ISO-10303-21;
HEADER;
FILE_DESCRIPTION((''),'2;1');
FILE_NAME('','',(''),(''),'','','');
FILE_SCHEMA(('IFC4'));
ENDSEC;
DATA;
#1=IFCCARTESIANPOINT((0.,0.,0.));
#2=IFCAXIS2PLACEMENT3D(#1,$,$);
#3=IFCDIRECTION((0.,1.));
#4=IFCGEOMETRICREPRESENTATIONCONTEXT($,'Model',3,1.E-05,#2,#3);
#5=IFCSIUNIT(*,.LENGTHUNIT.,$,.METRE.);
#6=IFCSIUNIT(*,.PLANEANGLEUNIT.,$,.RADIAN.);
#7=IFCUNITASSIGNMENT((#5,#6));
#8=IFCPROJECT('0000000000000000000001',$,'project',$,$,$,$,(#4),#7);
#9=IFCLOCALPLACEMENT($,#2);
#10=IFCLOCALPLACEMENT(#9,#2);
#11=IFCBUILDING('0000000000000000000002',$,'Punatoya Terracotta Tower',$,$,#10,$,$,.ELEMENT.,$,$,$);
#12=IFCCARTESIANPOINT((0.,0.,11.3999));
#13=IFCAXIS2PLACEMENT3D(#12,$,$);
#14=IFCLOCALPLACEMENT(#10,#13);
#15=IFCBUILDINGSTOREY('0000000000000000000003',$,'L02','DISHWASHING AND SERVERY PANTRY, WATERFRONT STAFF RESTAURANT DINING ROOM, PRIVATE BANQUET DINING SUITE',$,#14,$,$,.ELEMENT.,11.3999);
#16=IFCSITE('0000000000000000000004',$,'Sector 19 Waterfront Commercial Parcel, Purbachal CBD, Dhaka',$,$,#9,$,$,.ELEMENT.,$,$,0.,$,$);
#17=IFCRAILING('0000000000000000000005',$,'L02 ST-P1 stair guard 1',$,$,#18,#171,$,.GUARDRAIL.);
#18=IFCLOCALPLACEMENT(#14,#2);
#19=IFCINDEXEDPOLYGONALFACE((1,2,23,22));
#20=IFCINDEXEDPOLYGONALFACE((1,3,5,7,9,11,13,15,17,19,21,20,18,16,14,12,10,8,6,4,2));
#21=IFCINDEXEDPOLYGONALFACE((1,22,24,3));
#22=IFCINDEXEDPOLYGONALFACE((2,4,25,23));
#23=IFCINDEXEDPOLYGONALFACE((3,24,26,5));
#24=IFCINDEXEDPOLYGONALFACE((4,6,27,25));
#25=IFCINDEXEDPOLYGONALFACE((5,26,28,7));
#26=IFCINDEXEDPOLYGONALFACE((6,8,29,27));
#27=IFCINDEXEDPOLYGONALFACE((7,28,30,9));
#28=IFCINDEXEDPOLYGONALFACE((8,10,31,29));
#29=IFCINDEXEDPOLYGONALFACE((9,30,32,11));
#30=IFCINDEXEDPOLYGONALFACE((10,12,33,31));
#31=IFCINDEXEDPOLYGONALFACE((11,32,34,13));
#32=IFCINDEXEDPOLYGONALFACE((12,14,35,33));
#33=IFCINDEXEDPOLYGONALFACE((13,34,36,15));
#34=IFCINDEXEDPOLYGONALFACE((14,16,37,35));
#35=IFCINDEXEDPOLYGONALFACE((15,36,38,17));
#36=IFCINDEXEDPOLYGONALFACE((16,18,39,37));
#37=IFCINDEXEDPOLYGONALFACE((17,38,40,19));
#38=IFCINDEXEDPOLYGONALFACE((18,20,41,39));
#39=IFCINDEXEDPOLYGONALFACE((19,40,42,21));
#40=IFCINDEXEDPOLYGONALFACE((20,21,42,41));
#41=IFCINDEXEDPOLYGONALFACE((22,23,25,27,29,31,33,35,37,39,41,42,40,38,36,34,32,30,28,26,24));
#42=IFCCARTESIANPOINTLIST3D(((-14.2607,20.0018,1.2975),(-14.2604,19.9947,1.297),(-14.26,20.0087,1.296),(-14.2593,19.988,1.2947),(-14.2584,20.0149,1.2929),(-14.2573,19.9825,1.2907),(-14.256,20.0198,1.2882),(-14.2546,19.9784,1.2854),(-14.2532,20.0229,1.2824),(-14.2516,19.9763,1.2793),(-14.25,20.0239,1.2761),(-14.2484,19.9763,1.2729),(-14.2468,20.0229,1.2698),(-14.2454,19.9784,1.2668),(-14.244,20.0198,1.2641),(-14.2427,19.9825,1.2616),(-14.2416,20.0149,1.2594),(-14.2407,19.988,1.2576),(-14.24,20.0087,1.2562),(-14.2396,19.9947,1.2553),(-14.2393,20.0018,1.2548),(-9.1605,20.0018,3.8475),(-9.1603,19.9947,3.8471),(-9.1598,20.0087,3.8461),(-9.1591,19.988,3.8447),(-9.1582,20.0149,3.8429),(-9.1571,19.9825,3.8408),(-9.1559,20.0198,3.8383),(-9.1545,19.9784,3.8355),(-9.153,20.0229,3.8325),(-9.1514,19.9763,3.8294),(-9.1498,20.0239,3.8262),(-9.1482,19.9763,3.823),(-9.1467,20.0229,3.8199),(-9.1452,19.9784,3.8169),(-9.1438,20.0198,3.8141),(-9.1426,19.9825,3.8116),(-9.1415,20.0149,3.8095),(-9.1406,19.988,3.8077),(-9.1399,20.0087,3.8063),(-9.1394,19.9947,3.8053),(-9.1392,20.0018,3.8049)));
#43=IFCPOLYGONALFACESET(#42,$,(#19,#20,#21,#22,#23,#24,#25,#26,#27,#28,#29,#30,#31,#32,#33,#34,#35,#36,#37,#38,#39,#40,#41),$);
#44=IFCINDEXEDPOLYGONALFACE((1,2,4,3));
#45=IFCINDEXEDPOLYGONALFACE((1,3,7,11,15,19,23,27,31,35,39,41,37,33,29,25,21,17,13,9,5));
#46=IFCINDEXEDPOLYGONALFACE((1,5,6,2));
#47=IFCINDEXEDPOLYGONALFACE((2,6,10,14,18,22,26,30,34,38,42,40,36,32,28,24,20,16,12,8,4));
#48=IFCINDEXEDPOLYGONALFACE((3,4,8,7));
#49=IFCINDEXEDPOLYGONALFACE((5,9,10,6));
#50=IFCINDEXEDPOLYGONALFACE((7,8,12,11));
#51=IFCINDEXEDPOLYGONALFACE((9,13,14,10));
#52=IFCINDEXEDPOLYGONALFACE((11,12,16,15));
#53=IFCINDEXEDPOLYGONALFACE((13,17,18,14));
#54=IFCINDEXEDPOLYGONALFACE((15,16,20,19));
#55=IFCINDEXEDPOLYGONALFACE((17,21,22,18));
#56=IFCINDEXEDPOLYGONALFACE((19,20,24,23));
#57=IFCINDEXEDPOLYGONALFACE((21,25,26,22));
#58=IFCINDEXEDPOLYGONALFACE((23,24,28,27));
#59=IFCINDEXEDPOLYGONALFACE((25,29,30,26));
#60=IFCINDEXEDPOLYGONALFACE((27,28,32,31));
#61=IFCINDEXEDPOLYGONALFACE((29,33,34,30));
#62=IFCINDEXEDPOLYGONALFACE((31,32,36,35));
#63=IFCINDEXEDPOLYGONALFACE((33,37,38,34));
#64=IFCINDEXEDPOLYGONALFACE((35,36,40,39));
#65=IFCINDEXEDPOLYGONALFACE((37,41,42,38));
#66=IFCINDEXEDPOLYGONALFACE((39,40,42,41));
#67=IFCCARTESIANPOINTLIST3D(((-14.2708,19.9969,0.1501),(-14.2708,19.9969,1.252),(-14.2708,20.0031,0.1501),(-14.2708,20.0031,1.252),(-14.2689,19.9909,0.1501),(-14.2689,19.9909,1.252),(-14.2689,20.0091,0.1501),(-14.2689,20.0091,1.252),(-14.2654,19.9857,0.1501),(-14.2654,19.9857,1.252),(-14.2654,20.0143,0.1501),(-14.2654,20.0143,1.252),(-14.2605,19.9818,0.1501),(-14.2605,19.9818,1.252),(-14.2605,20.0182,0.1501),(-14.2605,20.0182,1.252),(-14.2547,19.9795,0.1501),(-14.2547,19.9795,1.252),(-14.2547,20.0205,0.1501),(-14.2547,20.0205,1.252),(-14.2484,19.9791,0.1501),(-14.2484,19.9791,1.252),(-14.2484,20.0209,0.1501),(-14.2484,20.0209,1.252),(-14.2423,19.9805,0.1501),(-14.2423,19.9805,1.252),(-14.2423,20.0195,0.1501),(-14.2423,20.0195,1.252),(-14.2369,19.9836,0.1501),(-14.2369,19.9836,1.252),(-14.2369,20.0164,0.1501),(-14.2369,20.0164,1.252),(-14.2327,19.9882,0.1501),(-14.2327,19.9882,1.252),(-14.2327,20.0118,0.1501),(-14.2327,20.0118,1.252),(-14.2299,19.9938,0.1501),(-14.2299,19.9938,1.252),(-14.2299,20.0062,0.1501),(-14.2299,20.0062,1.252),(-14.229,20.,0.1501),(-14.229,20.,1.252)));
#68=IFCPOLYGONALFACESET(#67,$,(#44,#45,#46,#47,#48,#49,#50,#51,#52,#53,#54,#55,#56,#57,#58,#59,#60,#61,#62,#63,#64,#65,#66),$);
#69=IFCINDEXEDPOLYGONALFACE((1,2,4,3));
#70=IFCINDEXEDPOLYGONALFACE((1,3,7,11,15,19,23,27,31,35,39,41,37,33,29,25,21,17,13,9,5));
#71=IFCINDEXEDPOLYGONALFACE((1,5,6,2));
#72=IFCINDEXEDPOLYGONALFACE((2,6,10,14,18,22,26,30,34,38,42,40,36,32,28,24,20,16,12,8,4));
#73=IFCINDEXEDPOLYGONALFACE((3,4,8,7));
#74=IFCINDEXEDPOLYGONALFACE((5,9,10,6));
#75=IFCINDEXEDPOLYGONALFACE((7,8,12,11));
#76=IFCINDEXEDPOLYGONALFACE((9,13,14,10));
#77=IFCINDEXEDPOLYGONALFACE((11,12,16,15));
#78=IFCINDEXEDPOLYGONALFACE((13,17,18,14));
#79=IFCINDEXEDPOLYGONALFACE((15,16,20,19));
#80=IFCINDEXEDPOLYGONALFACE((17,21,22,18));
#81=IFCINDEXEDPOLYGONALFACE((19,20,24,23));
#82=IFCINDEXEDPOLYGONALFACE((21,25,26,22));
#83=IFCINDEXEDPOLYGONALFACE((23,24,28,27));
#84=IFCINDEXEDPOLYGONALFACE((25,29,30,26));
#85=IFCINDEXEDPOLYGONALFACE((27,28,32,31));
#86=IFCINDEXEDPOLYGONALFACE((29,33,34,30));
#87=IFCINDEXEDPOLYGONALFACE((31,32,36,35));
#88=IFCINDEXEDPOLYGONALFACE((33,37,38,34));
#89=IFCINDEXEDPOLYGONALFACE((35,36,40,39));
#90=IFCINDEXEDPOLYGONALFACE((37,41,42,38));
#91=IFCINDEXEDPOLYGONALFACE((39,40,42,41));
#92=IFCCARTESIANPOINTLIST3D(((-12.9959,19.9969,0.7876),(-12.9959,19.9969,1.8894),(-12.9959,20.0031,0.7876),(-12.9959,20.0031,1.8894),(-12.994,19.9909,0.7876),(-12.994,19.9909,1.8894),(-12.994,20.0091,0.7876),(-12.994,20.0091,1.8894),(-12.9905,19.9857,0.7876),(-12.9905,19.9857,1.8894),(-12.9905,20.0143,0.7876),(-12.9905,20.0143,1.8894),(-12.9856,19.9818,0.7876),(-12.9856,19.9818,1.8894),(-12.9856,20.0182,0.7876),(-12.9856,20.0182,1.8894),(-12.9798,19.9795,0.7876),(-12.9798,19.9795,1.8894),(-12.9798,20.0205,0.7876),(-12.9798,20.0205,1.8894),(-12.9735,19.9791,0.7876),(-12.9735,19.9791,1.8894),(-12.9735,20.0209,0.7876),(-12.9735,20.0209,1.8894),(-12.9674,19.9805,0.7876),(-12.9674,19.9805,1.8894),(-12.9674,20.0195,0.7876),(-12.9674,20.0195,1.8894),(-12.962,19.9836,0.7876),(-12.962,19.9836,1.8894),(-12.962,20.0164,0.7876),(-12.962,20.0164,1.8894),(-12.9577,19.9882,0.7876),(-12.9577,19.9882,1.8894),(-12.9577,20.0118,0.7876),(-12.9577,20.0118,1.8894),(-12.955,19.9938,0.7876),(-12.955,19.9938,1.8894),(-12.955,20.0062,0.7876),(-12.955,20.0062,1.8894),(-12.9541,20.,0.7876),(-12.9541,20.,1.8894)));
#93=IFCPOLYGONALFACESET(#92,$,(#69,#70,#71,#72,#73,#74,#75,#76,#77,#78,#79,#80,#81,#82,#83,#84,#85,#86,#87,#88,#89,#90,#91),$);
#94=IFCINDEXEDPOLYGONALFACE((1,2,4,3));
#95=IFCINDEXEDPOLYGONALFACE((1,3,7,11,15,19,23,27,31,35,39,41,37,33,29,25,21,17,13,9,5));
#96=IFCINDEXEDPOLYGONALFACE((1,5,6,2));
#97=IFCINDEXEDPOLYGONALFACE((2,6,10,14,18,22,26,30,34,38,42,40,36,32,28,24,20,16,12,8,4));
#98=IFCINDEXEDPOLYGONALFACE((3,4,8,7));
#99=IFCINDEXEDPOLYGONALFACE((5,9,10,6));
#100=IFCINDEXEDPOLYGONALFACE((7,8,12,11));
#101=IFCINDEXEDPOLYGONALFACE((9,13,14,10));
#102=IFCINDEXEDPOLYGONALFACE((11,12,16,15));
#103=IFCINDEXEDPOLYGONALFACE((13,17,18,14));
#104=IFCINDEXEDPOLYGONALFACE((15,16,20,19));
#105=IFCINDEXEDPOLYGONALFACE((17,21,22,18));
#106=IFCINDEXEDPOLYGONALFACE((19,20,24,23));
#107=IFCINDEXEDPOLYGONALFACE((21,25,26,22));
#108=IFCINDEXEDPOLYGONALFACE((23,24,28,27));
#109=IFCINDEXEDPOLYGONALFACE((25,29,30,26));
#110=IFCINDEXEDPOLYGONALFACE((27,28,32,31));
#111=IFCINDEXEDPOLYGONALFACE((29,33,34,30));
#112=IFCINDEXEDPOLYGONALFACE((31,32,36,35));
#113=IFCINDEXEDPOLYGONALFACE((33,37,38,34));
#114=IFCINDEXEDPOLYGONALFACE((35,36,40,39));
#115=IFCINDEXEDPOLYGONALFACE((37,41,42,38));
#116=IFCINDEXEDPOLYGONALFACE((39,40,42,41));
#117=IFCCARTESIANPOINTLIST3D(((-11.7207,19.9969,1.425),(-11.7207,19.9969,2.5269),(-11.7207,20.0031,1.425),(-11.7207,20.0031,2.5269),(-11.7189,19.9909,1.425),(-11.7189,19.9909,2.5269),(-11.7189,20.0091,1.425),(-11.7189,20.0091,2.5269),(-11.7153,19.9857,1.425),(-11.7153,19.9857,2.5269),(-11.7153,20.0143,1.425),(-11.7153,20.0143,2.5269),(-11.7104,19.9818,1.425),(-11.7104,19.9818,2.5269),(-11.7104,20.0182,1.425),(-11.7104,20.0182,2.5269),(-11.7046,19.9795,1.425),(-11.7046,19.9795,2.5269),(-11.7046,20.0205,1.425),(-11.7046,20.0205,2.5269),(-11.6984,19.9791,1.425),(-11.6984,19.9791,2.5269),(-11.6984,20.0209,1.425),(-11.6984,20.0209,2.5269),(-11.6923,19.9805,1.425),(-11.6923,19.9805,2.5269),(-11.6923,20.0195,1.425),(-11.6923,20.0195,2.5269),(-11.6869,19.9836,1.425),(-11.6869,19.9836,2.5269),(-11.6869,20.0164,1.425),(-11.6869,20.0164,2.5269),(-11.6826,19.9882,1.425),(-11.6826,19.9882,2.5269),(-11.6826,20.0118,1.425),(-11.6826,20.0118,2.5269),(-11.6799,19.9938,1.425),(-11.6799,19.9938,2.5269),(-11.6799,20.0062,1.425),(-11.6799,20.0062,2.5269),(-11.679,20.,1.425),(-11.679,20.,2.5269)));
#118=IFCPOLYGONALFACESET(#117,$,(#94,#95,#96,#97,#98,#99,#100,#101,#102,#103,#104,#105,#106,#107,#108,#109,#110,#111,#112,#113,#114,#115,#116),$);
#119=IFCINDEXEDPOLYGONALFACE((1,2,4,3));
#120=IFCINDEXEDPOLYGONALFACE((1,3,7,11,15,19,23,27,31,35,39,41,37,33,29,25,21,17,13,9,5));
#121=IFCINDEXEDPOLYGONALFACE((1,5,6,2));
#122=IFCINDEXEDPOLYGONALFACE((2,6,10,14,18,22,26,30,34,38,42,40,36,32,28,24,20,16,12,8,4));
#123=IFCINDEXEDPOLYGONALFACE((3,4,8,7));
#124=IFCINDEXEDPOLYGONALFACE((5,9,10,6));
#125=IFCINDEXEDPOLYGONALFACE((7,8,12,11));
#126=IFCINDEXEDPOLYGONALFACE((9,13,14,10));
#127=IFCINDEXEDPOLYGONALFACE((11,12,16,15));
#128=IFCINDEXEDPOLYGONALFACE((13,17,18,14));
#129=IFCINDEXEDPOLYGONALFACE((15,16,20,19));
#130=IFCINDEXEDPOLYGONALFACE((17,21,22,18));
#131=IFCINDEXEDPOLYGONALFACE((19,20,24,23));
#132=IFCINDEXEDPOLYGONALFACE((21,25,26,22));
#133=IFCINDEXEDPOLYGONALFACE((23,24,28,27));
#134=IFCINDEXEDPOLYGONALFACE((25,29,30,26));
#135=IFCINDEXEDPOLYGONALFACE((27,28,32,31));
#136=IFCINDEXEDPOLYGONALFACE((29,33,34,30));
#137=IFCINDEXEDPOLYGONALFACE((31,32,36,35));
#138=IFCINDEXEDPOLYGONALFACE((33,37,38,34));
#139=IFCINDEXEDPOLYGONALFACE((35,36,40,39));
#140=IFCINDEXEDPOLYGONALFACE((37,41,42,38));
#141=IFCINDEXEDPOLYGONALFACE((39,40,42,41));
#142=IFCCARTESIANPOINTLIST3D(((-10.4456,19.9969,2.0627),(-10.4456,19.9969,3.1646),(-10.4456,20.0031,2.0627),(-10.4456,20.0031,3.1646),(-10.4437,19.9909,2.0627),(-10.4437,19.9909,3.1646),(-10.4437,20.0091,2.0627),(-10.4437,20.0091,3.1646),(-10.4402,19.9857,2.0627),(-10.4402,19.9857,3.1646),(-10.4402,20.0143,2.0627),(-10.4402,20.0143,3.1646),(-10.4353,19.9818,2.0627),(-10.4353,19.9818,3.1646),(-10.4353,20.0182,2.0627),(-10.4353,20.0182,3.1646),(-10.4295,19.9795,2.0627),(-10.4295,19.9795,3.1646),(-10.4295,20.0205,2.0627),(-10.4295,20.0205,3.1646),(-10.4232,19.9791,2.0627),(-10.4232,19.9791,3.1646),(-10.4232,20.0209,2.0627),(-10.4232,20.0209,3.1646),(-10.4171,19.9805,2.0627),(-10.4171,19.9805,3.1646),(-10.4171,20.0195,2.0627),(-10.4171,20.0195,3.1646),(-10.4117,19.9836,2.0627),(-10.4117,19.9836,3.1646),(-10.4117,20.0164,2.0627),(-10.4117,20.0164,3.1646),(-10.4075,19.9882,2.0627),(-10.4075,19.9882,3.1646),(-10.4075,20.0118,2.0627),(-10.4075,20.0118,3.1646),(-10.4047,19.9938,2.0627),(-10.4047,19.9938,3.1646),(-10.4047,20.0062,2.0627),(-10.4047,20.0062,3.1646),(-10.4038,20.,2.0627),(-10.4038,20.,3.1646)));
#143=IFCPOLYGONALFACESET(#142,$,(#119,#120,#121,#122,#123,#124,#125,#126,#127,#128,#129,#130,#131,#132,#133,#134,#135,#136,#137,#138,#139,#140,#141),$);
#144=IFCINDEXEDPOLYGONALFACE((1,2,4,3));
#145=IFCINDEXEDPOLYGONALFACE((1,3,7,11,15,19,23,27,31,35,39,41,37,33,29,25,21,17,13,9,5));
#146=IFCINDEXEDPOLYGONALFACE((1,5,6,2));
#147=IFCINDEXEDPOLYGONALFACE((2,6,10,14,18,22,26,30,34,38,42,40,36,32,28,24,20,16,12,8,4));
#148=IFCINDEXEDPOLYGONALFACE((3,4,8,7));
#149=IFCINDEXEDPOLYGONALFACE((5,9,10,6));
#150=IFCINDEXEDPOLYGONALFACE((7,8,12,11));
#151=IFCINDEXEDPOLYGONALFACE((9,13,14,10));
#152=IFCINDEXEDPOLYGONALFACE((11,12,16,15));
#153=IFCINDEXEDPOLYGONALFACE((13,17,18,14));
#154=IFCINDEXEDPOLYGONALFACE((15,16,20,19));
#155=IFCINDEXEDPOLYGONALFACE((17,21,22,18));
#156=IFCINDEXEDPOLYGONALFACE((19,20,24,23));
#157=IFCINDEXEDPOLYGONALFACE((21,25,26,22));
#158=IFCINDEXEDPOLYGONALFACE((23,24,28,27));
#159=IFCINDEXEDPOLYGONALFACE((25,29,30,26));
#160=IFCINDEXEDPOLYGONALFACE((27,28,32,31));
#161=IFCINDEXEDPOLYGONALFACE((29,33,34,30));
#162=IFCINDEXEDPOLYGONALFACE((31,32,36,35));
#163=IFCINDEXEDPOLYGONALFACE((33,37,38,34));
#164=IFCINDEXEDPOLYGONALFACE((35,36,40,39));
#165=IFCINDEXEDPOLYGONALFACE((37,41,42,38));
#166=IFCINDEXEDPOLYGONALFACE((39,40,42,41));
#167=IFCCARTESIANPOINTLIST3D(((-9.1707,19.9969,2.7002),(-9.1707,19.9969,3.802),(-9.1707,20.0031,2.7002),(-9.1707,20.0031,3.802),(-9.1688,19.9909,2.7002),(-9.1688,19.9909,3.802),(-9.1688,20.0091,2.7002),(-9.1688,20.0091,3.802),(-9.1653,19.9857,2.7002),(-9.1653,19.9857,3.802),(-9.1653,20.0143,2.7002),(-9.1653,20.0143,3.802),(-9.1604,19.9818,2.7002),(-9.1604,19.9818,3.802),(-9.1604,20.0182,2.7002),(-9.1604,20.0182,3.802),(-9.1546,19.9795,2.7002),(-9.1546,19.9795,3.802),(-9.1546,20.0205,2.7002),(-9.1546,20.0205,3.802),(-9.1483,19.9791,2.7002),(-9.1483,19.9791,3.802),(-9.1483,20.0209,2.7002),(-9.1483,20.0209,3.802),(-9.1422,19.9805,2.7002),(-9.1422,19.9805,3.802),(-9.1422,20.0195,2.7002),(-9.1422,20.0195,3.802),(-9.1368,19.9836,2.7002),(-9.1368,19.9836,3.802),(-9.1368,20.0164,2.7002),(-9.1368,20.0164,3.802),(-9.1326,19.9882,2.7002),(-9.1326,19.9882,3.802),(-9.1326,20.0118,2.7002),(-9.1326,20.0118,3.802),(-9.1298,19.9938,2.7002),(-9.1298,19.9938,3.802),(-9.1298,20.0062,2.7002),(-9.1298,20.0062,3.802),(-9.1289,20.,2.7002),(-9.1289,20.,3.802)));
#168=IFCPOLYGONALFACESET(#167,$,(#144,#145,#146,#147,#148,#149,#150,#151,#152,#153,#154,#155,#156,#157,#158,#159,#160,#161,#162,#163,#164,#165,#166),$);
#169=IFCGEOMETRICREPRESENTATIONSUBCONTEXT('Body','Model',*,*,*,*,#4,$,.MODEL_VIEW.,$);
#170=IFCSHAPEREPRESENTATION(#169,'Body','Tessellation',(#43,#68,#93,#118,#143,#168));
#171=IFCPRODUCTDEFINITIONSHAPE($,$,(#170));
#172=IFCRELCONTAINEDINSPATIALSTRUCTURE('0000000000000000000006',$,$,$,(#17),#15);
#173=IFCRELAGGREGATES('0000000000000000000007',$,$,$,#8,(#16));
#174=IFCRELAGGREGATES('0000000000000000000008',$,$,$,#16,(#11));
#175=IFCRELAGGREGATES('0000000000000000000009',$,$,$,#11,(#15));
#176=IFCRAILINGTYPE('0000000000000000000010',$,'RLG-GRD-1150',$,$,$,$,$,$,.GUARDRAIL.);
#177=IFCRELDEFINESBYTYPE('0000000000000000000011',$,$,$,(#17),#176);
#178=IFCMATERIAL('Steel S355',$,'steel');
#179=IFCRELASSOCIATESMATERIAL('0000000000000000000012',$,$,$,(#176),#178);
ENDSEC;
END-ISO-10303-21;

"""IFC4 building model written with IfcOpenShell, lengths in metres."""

from ifc_helpers import new_model, si_unit, direction, frame, origin, origin_2d, place, context, subcontext, project, spatial, circle, extrude, material, type_object, element, save


model = new_model("IFC4")

# Units and contexts
model_context = context("Model", 3, precision=1e-05, world=origin(), true_north=direction((0.0, 1.0)))
body_context = subcontext(model_context, "Body", "Model", "MODEL_VIEW")
ifc_project = project(units=[si_unit("LENGTHUNIT", "METRE"), si_unit("PLANEANGLEUNIT", "RADIAN")], contexts=[model_context])

# Site, building, storey
site_placement = place(None, origin())
site = spatial("IfcSite", under=ifc_project, at=site_placement, Name="Sector 19 Waterfront Commercial Parcel, Purbachal CBD, Dhaka", CompositionType="ELEMENT", RefElevation=0.0)
building_placement = place(site_placement, origin())
building = spatial("IfcBuilding", under=site, at=building_placement, Name="Punatoya Terracotta Tower", CompositionType="ELEMENT")
storey_placement = place(building_placement, frame((0.0, 0.0, 11.3999)))
storey = spatial("IfcBuildingStorey", under=building, at=storey_placement, Name="L02", Description="DISHWASHING AND SERVERY PANTRY, WATERFRONT STAFF RESTAURANT DINING ROOM, PRIVATE BANQUET DINING SUITE", CompositionType="ELEMENT", Elevation=11.3999)

# Shared definitions
ifc_material_1 = material(Name="Steel S355", Category="steel")

# Railing
railing_type_1 = type_object("IfcRailingType", Name="RLG-GRD-1150", PredefinedType="GUARDRAIL", material=ifc_material_1)
railing_1_placement = place(storey_placement, frame((-14.25, 20.0, 0.1501)))
element("IfcRailing", 1, at=railing_1_placement, inside=storey, type_object=railing_type_1, Name="L02 ST-P1 stair guard 1", PredefinedType="GUARDRAIL", context=body_context, shape_type="SweptSolid", body=[
    extrude(circle(Radius=0.0239, at=origin_2d()), frame((0.0, 0.0, 1.126), z_axis=(0.894427, 0.0, 0.447214), x_axis=(0.0, 1.0, 0.0)), (0.0, 0.0, 1.0), 5.7021),
    extrude(circle(Radius=0.021, at=origin_2d()), origin(), (0.0, 0.0, 1.0), 1.1018),
    extrude(circle(Radius=0.021, at=origin_2d()), frame((1.2749, 0.0, 0.6375)), (0.0, 0.0, 1.0), 1.1018),
    extrude(circle(Radius=0.021, at=origin_2d()), frame((2.55, 0.0, 1.2749)), (0.0, 0.0, 1.0), 1.1018),
    extrude(circle(Radius=0.021, at=origin_2d()), frame((3.8252, 0.0, 1.9126)), (0.0, 0.0, 1.0), 1.1018),
    extrude(circle(Radius=0.021, at=origin_2d()), frame((5.1001, 0.0, 2.55)), (0.0, 0.0, 1.0), 1.1018),
])

save(model, "model.ifc")
